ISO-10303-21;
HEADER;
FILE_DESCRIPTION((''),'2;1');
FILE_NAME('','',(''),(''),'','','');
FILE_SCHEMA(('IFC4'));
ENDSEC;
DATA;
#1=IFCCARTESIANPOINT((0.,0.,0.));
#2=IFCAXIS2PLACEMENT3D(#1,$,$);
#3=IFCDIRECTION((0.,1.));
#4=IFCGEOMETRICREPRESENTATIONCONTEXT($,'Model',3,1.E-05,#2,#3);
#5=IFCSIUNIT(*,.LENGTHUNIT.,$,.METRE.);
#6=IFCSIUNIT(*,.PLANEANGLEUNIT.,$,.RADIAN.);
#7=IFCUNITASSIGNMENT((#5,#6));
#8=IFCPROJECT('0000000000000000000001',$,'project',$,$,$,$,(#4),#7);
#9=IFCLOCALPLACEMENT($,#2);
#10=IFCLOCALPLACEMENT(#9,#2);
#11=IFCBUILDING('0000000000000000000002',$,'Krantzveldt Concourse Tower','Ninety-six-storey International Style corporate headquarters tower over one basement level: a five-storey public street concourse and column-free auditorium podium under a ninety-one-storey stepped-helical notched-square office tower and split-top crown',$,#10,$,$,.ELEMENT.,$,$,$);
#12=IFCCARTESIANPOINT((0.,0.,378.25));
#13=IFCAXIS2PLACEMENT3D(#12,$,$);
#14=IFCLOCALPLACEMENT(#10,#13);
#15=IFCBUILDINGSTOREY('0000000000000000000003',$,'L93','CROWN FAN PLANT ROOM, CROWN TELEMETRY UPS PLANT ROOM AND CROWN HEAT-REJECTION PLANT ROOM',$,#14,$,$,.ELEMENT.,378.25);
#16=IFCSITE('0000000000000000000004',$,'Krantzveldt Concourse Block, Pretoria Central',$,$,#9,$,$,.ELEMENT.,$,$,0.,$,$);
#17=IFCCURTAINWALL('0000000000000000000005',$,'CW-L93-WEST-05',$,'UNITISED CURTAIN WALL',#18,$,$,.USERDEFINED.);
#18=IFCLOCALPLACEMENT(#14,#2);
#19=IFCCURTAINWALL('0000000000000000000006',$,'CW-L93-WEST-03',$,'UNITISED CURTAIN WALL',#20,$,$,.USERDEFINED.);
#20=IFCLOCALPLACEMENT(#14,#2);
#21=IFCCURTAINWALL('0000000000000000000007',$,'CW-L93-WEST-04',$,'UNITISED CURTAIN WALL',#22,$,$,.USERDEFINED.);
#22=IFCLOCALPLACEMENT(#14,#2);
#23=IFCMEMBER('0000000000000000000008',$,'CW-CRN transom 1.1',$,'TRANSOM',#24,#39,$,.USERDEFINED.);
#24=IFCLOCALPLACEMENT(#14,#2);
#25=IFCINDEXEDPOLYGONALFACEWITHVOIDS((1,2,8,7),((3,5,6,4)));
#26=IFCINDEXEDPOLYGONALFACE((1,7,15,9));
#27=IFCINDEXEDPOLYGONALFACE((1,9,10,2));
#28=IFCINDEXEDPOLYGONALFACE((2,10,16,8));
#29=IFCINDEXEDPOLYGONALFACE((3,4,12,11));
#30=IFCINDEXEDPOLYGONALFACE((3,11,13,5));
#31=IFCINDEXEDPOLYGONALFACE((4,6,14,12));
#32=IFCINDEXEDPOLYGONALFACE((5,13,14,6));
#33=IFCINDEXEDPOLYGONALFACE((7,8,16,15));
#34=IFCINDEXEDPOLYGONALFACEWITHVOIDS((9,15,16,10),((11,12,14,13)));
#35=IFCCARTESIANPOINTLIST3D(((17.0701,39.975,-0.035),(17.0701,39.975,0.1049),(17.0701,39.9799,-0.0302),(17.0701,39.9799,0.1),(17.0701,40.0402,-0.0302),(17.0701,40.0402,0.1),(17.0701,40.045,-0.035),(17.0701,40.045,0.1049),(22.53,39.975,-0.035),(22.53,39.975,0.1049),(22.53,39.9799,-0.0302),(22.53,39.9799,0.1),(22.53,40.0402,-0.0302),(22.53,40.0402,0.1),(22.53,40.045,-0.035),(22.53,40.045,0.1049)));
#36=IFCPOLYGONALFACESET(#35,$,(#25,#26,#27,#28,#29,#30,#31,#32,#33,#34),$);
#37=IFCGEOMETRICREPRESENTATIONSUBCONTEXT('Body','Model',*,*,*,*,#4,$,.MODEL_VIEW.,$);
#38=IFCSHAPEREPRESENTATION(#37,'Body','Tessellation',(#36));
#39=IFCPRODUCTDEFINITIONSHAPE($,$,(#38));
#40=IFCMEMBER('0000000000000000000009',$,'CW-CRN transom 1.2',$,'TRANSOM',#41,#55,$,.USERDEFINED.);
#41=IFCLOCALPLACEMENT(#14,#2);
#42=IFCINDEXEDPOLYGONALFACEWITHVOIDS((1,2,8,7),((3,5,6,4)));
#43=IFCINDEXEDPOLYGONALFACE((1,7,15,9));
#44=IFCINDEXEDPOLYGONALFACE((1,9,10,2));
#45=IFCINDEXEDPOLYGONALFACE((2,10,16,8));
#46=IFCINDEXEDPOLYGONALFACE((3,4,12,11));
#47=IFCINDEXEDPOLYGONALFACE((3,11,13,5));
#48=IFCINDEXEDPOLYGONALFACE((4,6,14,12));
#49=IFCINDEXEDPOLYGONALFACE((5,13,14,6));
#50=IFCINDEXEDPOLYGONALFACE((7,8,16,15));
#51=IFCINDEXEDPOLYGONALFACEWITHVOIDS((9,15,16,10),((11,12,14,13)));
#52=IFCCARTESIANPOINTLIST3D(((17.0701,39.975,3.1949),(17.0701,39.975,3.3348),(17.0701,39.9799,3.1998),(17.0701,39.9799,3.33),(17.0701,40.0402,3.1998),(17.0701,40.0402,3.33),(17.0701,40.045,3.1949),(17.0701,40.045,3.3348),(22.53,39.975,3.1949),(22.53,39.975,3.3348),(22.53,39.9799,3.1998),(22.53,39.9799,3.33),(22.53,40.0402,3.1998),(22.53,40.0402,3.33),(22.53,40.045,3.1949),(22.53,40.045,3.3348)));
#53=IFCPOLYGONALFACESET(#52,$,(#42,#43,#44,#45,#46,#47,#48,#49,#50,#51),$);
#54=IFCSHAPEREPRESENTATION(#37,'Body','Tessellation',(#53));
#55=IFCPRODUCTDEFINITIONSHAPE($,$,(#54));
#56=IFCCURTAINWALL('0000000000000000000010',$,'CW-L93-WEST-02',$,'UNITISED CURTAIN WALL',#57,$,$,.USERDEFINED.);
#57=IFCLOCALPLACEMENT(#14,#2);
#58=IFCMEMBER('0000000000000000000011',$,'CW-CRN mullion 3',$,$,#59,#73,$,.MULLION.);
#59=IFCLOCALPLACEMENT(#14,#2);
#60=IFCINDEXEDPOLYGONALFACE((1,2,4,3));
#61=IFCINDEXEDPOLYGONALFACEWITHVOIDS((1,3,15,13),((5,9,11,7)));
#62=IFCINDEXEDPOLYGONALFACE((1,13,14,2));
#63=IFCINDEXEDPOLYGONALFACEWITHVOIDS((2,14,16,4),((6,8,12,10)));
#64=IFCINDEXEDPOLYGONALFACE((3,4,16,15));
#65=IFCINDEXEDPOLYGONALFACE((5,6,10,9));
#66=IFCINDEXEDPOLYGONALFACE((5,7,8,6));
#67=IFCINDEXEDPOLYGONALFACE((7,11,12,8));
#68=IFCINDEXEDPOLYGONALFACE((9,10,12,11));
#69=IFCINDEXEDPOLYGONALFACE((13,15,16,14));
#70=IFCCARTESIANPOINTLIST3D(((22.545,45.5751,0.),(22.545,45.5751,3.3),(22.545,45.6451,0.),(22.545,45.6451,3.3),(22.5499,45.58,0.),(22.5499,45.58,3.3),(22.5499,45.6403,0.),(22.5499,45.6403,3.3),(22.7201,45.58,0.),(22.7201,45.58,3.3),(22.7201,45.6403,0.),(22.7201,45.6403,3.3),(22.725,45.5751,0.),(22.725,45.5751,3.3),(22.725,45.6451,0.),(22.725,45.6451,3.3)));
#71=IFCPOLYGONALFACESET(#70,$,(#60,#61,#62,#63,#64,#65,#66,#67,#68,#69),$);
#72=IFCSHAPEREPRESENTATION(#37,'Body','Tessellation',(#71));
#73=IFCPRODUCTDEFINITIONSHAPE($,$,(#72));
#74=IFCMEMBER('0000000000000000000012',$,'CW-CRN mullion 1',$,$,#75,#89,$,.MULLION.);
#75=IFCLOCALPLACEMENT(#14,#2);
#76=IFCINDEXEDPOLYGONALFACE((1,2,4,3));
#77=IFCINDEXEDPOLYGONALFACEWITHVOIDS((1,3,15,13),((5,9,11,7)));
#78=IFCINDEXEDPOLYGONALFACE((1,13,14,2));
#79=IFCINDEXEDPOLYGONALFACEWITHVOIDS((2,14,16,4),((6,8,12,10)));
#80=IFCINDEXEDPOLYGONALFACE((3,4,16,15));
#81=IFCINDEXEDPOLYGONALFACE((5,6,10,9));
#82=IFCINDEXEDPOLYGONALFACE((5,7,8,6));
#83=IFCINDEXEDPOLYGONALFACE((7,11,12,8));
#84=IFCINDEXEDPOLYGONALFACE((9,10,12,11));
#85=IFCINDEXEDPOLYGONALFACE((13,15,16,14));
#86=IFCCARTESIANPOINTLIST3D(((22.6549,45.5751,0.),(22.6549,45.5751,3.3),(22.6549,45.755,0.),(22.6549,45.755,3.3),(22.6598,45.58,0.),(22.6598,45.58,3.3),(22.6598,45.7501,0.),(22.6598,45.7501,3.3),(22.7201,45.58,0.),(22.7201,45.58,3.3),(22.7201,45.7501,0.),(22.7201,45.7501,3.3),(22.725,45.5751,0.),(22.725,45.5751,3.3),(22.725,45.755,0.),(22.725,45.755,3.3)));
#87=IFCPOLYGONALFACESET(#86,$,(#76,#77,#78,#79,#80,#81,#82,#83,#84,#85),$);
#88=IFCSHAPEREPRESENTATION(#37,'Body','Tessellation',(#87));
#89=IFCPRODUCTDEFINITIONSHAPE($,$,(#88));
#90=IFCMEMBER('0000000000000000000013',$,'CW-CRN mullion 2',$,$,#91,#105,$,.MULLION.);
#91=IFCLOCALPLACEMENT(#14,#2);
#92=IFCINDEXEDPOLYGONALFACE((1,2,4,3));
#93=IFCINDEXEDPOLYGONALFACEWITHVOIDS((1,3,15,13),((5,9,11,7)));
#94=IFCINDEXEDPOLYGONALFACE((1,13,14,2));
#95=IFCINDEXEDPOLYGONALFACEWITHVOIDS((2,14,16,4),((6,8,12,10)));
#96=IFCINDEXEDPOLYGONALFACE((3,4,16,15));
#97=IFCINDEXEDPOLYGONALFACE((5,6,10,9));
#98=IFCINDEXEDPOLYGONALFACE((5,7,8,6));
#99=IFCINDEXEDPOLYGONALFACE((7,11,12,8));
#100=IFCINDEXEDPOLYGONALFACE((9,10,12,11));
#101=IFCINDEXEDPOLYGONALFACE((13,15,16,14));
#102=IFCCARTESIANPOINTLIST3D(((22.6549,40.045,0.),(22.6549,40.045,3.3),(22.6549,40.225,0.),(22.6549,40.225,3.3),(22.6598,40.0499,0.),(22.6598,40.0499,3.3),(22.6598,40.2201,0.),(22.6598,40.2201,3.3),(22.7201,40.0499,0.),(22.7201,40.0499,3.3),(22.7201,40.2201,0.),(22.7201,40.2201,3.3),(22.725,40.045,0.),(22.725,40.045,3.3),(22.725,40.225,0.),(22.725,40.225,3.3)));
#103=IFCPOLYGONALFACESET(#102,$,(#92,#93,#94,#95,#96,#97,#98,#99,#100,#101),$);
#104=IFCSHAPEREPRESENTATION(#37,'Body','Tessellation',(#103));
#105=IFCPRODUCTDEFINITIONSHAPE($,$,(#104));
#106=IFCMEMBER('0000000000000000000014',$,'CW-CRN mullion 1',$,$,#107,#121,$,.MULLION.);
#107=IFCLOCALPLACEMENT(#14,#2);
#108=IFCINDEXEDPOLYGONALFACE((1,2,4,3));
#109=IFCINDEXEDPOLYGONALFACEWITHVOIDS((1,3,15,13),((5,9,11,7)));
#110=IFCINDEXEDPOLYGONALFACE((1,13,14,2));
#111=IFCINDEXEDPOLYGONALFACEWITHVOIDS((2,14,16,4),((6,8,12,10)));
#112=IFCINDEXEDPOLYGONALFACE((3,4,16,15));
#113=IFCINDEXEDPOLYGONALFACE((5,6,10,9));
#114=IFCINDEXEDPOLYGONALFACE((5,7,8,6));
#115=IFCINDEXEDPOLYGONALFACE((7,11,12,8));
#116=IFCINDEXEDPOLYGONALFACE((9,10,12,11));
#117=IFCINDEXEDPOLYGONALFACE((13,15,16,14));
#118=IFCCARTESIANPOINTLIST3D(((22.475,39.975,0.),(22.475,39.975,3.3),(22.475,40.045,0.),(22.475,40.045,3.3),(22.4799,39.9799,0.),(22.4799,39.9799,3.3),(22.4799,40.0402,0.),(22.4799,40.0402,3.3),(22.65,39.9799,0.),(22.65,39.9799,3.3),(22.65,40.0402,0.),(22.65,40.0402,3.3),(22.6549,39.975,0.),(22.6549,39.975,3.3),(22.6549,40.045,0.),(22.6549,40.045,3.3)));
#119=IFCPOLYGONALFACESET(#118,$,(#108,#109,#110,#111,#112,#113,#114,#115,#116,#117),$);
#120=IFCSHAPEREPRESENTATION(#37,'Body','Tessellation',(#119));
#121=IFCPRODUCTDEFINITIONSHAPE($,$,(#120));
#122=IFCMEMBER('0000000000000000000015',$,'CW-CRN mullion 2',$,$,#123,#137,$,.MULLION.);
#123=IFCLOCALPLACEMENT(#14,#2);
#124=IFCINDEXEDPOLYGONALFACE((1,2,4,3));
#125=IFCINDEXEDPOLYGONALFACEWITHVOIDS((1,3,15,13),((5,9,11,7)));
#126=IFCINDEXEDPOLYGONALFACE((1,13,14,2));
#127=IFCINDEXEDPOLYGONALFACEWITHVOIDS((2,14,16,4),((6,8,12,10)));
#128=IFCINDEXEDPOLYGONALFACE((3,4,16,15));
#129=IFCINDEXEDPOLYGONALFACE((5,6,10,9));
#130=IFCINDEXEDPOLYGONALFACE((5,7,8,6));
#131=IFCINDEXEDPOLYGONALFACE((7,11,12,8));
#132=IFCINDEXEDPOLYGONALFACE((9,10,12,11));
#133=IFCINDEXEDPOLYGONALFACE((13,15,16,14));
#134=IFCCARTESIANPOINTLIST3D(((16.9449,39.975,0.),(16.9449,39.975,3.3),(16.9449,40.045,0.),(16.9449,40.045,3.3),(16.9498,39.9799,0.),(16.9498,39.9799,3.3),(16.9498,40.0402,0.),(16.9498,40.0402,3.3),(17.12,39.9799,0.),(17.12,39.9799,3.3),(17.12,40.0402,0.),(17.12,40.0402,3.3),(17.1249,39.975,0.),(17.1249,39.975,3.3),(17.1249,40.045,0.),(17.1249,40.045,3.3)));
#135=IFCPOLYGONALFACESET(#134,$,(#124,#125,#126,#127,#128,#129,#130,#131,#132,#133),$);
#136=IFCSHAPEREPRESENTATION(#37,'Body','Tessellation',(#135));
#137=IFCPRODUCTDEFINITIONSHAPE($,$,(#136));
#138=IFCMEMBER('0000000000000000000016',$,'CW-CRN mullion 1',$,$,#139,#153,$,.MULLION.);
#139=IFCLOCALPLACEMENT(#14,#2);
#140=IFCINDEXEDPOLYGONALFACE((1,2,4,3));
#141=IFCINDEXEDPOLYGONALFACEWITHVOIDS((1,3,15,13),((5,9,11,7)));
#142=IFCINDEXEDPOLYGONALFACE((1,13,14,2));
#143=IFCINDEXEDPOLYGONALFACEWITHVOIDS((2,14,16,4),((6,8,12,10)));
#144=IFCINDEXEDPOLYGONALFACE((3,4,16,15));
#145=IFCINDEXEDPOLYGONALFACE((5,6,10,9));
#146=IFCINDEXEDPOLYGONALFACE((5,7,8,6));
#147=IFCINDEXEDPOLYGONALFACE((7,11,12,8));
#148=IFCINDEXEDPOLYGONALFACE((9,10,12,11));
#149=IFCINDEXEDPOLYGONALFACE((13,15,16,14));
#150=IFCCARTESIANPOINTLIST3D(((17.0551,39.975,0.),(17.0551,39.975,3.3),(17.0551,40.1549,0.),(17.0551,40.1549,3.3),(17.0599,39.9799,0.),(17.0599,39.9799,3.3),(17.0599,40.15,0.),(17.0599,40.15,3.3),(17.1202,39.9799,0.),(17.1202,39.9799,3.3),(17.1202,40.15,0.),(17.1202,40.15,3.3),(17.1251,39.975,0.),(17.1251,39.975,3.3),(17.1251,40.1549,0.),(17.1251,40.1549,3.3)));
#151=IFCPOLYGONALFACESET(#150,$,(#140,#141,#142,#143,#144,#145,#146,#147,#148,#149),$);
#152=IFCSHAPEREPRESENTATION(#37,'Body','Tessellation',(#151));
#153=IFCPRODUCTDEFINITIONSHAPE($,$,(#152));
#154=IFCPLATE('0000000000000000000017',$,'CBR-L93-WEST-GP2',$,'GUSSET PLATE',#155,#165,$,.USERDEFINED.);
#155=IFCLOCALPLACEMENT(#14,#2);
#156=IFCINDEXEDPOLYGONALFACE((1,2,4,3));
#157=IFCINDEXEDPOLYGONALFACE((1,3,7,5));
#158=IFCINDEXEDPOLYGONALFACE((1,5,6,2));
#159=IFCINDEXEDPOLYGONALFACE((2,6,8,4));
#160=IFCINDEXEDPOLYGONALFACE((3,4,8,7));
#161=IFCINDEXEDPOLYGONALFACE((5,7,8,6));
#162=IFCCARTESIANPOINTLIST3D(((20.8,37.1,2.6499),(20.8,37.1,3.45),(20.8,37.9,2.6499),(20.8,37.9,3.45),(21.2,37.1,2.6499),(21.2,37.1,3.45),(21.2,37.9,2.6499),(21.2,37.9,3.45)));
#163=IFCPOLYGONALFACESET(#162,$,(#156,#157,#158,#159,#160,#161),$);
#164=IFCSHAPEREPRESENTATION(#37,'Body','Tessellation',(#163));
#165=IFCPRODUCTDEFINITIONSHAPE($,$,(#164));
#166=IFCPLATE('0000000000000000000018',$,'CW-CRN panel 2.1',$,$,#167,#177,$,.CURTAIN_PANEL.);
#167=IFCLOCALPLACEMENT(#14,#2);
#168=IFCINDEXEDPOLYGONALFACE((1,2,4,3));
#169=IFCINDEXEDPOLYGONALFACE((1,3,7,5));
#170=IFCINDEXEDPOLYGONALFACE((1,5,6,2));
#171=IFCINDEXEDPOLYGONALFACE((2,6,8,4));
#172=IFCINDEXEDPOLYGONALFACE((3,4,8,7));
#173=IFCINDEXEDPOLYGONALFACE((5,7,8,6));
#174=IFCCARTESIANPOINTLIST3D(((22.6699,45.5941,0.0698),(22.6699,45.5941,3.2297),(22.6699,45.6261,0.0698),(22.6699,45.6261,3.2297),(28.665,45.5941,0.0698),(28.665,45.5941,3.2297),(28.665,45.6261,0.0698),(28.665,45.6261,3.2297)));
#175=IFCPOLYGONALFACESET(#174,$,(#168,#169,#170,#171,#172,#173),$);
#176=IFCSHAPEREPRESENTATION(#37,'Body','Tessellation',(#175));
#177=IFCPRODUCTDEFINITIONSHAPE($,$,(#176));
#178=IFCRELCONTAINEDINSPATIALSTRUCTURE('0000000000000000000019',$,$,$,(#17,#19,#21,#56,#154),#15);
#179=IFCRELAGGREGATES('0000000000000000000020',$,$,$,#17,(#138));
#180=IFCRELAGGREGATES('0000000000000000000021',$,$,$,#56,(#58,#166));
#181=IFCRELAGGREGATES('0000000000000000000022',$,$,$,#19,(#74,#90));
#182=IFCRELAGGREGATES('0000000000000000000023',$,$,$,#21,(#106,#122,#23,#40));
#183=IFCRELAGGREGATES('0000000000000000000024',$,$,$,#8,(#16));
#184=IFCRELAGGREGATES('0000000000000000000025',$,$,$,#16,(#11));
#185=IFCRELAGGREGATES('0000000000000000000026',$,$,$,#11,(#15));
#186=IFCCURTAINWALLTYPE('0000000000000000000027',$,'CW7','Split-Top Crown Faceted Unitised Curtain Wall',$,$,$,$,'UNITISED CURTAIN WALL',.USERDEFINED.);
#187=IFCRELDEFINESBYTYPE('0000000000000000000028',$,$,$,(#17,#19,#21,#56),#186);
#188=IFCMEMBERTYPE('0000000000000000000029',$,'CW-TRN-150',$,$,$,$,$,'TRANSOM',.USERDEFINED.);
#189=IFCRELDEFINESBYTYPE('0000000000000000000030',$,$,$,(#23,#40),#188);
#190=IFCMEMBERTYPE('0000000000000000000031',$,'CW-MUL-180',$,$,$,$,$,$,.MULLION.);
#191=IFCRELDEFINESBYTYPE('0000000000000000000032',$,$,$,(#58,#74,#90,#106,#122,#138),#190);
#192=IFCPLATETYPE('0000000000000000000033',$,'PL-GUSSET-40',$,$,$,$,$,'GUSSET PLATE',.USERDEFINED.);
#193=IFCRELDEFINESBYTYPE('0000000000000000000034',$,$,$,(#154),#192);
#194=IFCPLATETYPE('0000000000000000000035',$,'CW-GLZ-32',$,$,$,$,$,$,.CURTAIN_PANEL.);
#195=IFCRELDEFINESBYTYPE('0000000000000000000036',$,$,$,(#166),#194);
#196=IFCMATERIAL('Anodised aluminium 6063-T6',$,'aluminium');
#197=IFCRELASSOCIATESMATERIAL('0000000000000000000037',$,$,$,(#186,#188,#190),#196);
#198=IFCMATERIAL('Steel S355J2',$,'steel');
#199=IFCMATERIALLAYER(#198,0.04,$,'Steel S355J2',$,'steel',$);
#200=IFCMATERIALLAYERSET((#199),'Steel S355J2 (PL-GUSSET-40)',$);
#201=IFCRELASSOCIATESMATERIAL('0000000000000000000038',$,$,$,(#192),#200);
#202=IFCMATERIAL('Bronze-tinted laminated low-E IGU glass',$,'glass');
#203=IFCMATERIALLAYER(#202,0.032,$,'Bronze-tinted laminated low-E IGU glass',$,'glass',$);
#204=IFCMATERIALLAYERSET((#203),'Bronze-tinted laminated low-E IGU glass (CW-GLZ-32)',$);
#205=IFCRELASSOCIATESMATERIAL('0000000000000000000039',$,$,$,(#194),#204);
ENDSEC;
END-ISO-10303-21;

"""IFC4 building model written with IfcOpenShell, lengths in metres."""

from ifc_helpers import new_model, si_unit, direction, frame, origin, origin_2d, place, context, subcontext, project, spatial, rectangle, hollow_rectangle, extrude, source, transform, mapped, material, layer, layer_set, material_profile, profile_set, type_object, type_shapes, element, aggregate, save


model = new_model("IFC4")

# Units and contexts
model_context = context("Model", 3, precision=1e-05, world=origin(), true_north=direction((0.0, 1.0)))
body_context = subcontext(model_context, "Body", "Model", "MODEL_VIEW")
ifc_project = project(units=[si_unit("LENGTHUNIT", "METRE"), si_unit("PLANEANGLEUNIT", "RADIAN")], contexts=[model_context])

# Site, building, storey
site_placement = place(None, origin())
site = spatial("IfcSite", under=ifc_project, at=site_placement, Name="Krantzveldt Concourse Block, Pretoria Central", CompositionType="ELEMENT", RefElevation=0.0)
building_placement = place(site_placement, origin())
building = spatial("IfcBuilding", under=site, at=building_placement, Name="Krantzveldt Concourse Tower", Description="Ninety-six-storey International Style corporate headquarters tower over one basement level: a five-storey public street concourse and column-free auditorium podium under a ninety-one-storey stepped-helical notched-square office tower and split-top crown", CompositionType="ELEMENT")
storey_placement = place(building_placement, frame((0.0, 0.0, 378.25)))
storey = spatial("IfcBuildingStorey", under=building, at=storey_placement, Name="L93", Description="CROWN FAN PLANT ROOM, CROWN TELEMETRY UPS PLANT ROOM AND CROWN HEAT-REJECTION PLANT ROOM", CompositionType="ELEMENT", Elevation=378.25)

# Curtain walls, members
ifc_material_1 = material(Name="Anodised aluminium 6063-T6", Category="aluminium")
curtain_wall_type = type_object("IfcCurtainWallType", Name="CW7", Description="Split-Top Crown Faceted Unitised Curtain Wall", ElementType="UNITISED CURTAIN WALL", PredefinedType="USERDEFINED", material=ifc_material_1)
curtain_wall_1_placement = place(storey_placement, origin())
curtain_wall_1 = element("IfcCurtainWall", 1, at=curtain_wall_1_placement, inside=storey, type_object=curtain_wall_type, Name="CW-L93-WEST-05", ObjectType="UNITISED CURTAIN WALL", PredefinedType="USERDEFINED")
ifc_material_profile_1 = material_profile(ifc_material_1, hollow_rectangle(XDim=0.0701, YDim=0.1399, WallThickness=0.0049, at=origin_2d()), Name="Anodised aluminium 6063-T6", Category="aluminium")
ifc_profile_set_1 = profile_set([ifc_material_profile_1], Name="Anodised aluminium 6063-T6 - ALU-TRAN 140x70x5")
member_type_1 = type_object("IfcMemberType", Name="CW-TRN-150", ElementType="TRANSOM", PredefinedType="USERDEFINED", material=ifc_profile_set_1)
curtain_wall_2_placement = place(storey_placement, origin())
curtain_wall_2 = element("IfcCurtainWall", 2, at=curtain_wall_2_placement, inside=storey, type_object=curtain_wall_type, Name="CW-L93-WEST-03", ObjectType="UNITISED CURTAIN WALL", PredefinedType="USERDEFINED")
shared_shape_1 = source(origin(), body_context, "Body", "SweptSolid", [
    extrude(hollow_rectangle(XDim=0.0701, YDim=0.1399, WallThickness=0.0049, at=origin_2d()), origin(), (0.0, 0.0, 1.0), 5.46),
])
curtain_wall_3_placement = place(storey_placement, origin())
curtain_wall_3 = element("IfcCurtainWall", 3, at=curtain_wall_3_placement, inside=storey, type_object=curtain_wall_type, Name="CW-L93-WEST-04", ObjectType="UNITISED CURTAIN WALL", PredefinedType="USERDEFINED")
member_1_placement = place(storey_placement, frame((22.53, 40.01, 0.0349), z_axis=(-1.0, 0.0, 0.0), x_axis=(0.0, -1.0, 0.0)))
member_1 = element("IfcMember", 4, at=member_1_placement, type_object=member_type_1, Name="CW-CRN transom 1.1", ObjectType="TRANSOM", PredefinedType="USERDEFINED", context=body_context, shape_type="MappedRepresentation", body=[
    mapped(shared_shape_1, transform((0.0, 0.0, 0.0), x_axis=(1.0, 0.0, 0.0), y_axis=(0.0, 1.0, 0.0), z_axis=(0.0, 0.0, 1.0), scale=1.0)),
])
member_2_placement = place(storey_placement, frame((22.53, 40.01, 3.2649), z_axis=(-1.0, 0.0, 0.0), x_axis=(0.0, -1.0, 0.0)))
member_2 = element("IfcMember", 5, at=member_2_placement, type_object=member_type_1, Name="CW-CRN transom 1.2", ObjectType="TRANSOM", PredefinedType="USERDEFINED", context=body_context, shape_type="MappedRepresentation", body=[
    mapped(shared_shape_1, transform((0.0, 0.0, 0.0), x_axis=(1.0, 0.0, 0.0), y_axis=(0.0, 1.0, 0.0), z_axis=(0.0, 0.0, 1.0), scale=1.0)),
])

# Curtain wall, member
curtain_wall_4_placement = place(storey_placement, origin())
curtain_wall_4 = element("IfcCurtainWall", 6, at=curtain_wall_4_placement, inside=storey, type_object=curtain_wall_type, Name="CW-L93-WEST-02", ObjectType="UNITISED CURTAIN WALL", PredefinedType="USERDEFINED")
ifc_material_profile_2 = material_profile(ifc_material_1, hollow_rectangle(XDim=0.0701, YDim=0.1799, WallThickness=0.0049, at=origin_2d()), Name="Anodised aluminium 6063-T6", Category="aluminium")
ifc_profile_set_2 = profile_set([ifc_material_profile_2], Name="Anodised aluminium 6063-T6 - ALU-MULL 180x70x5")
member_type_2 = type_object("IfcMemberType", Name="CW-MUL-180", PredefinedType="MULLION", material=ifc_profile_set_2)
shared_shape_2 = source(origin(), body_context, "Body", "SweptSolid", [
    extrude(hollow_rectangle(XDim=0.0701, YDim=0.1799, WallThickness=0.0049, at=origin_2d()), origin(), (0.0, 0.0, 1.0), 3.3),
])
type_shapes(member_type_2, [shared_shape_2])
member_3_placement = place(storey_placement, frame((22.635, 45.6101, 0.0), z_axis=(0.0, 0.0, 1.0), x_axis=(0.0, -1.0, 0.0)))
member_3 = element("IfcMember", 7, at=member_3_placement, type_object=member_type_2, Name="CW-CRN mullion 3", PredefinedType="MULLION", context=body_context, shape_type="MappedRepresentation", body=[
    mapped(shared_shape_2, transform((0.0, 0.0, 0.0), x_axis=(1.0, 0.0, 0.0), y_axis=(0.0, 1.0, 0.0), z_axis=(0.0, 0.0, 1.0), scale=1.0)),
])

# Members
member_4_placement = place(storey_placement, frame((22.6899, 45.665, 0.0), z_axis=(0.0, 0.0, 1.0), x_axis=(1.0, 0.0, 0.0)))
member_4 = element("IfcMember", 8, at=member_4_placement, type_object=member_type_2, Name="CW-CRN mullion 1", PredefinedType="MULLION", context=body_context, shape_type="MappedRepresentation", body=[
    mapped(shared_shape_2, transform((0.0, 0.0, 0.0), x_axis=(1.0, 0.0, 0.0), y_axis=(0.0, 1.0, 0.0), z_axis=(0.0, 0.0, 1.0), scale=1.0)),
])
member_5_placement = place(storey_placement, frame((22.6899, 40.135, 0.0), z_axis=(0.0, 0.0, 1.0), x_axis=(1.0, 0.0, 0.0)))
member_5 = element("IfcMember", 9, at=member_5_placement, type_object=member_type_2, Name="CW-CRN mullion 2", PredefinedType="MULLION", context=body_context, shape_type="MappedRepresentation", body=[
    mapped(shared_shape_2, transform((0.0, 0.0, 0.0), x_axis=(1.0, 0.0, 0.0), y_axis=(0.0, 1.0, 0.0), z_axis=(0.0, 0.0, 1.0), scale=1.0)),
])
member_6_placement = place(storey_placement, frame((22.5649, 40.01, 0.0), z_axis=(0.0, 0.0, 1.0), x_axis=(0.0, -1.0, 0.0)))
member_6 = element("IfcMember", 10, at=member_6_placement, type_object=member_type_2, Name="CW-CRN mullion 1", PredefinedType="MULLION", context=body_context, shape_type="MappedRepresentation", body=[
    mapped(shared_shape_2, transform((0.0, 0.0, 0.0), x_axis=(1.0, 0.0, 0.0), y_axis=(0.0, 1.0, 0.0), z_axis=(0.0, 0.0, 1.0), scale=1.0)),
])
member_7_placement = place(storey_placement, frame((17.0349, 40.01, 0.0), z_axis=(0.0, 0.0, 1.0), x_axis=(0.0, -1.0, 0.0)))
member_7 = element("IfcMember", 11, at=member_7_placement, type_object=member_type_2, Name="CW-CRN mullion 2", PredefinedType="MULLION", context=body_context, shape_type="MappedRepresentation", body=[
    mapped(shared_shape_2, transform((0.0, 0.0, 0.0), x_axis=(1.0, 0.0, 0.0), y_axis=(0.0, 1.0, 0.0), z_axis=(0.0, 0.0, 1.0), scale=1.0)),
])
member_8_placement = place(storey_placement, frame((17.0901, 40.0649, 0.0), z_axis=(0.0, 0.0, 1.0), x_axis=(1.0, 0.0, 0.0)))
member_8 = element("IfcMember", 12, at=member_8_placement, type_object=member_type_2, Name="CW-CRN mullion 1", PredefinedType="MULLION", context=body_context, shape_type="MappedRepresentation", body=[
    mapped(shared_shape_2, transform((0.0, 0.0, 0.0), x_axis=(1.0, 0.0, 0.0), y_axis=(0.0, 1.0, 0.0), z_axis=(0.0, 0.0, 1.0), scale=1.0)),
])
aggregate(curtain_wall_1, [member_8])

# Plates
ifc_material_2 = material(Name="Steel S355J2", Category="steel")
ifc_layer_1 = layer(ifc_material_2, 0.04, Name="Steel S355J2", Category="steel")
ifc_layer_set_1 = layer_set([ifc_layer_1], Name="Steel S355J2 (PL-GUSSET-40)")
plate_type_1 = type_object("IfcPlateType", Name="PL-GUSSET-40", ElementType="GUSSET PLATE", PredefinedType="USERDEFINED", material=ifc_layer_set_1)
shared_shape_3 = source(origin(), body_context, "Body", "SweptSolid", [
    extrude(rectangle(XDim=0.3999, YDim=0.8, at=origin_2d()), origin(), (0.0, 0.0, 1.0), 0.8),
])
type_shapes(plate_type_1, [shared_shape_3])
plate_1_placement = place(storey_placement, frame((21.0, 37.5, 2.6499), z_axis=(0.0, 0.0, 1.0), x_axis=(1.0, 0.0, 0.0)))
element("IfcPlate", 13, at=plate_1_placement, inside=storey, type_object=plate_type_1, Name="CBR-L93-WEST-GP2", ObjectType="GUSSET PLATE", PredefinedType="USERDEFINED", context=body_context, shape_type="MappedRepresentation", body=[
    mapped(shared_shape_3, transform((0.0, 0.0, 0.0), x_axis=(1.0, 0.0, 0.0), y_axis=(0.0, 1.0, 0.0), z_axis=(0.0, 0.0, 1.0), scale=1.0)),
])
ifc_material_3 = material(Name="Bronze-tinted laminated low-E IGU glass", Category="glass")
ifc_layer_2 = layer(ifc_material_3, 0.032, Name="Bronze-tinted laminated low-E IGU glass", Category="glass")
ifc_layer_set_2 = layer_set([ifc_layer_2], Name="Bronze-tinted laminated low-E IGU glass (CW-GLZ-32)")
plate_type_2 = type_object("IfcPlateType", Name="CW-GLZ-32", PredefinedType="CURTAIN_PANEL", material=ifc_layer_set_2)
shared_shape_4 = source(origin(), body_context, "Body", "SweptSolid", [
    extrude(rectangle(XDim=5.9951, YDim=0.032, at=origin_2d()), origin(), (0.0, 0.0, 1.0), 3.1599),
])
plate_2_placement = place(storey_placement, frame((25.6675, 45.6101, 0.0698), z_axis=(0.0, 0.0, 1.0), x_axis=(-1.0, 0.0, 0.0)))
plate_2 = element("IfcPlate", 14, at=plate_2_placement, type_object=plate_type_2, Name="CW-CRN panel 2.1", PredefinedType="CURTAIN_PANEL", context=body_context, shape_type="MappedRepresentation", body=[
    mapped(shared_shape_4, transform((0.0, 0.0, 0.0), x_axis=(1.0, 0.0, 0.0), y_axis=(0.0, 1.0, 0.0), z_axis=(0.0, 0.0, 1.0), scale=1.0)),
])
aggregate(curtain_wall_4, [member_3, plate_2])
aggregate(curtain_wall_2, [member_4, member_5])
aggregate(curtain_wall_3, [member_6, member_7, member_1, member_2])

save(model, "model.ifc")
